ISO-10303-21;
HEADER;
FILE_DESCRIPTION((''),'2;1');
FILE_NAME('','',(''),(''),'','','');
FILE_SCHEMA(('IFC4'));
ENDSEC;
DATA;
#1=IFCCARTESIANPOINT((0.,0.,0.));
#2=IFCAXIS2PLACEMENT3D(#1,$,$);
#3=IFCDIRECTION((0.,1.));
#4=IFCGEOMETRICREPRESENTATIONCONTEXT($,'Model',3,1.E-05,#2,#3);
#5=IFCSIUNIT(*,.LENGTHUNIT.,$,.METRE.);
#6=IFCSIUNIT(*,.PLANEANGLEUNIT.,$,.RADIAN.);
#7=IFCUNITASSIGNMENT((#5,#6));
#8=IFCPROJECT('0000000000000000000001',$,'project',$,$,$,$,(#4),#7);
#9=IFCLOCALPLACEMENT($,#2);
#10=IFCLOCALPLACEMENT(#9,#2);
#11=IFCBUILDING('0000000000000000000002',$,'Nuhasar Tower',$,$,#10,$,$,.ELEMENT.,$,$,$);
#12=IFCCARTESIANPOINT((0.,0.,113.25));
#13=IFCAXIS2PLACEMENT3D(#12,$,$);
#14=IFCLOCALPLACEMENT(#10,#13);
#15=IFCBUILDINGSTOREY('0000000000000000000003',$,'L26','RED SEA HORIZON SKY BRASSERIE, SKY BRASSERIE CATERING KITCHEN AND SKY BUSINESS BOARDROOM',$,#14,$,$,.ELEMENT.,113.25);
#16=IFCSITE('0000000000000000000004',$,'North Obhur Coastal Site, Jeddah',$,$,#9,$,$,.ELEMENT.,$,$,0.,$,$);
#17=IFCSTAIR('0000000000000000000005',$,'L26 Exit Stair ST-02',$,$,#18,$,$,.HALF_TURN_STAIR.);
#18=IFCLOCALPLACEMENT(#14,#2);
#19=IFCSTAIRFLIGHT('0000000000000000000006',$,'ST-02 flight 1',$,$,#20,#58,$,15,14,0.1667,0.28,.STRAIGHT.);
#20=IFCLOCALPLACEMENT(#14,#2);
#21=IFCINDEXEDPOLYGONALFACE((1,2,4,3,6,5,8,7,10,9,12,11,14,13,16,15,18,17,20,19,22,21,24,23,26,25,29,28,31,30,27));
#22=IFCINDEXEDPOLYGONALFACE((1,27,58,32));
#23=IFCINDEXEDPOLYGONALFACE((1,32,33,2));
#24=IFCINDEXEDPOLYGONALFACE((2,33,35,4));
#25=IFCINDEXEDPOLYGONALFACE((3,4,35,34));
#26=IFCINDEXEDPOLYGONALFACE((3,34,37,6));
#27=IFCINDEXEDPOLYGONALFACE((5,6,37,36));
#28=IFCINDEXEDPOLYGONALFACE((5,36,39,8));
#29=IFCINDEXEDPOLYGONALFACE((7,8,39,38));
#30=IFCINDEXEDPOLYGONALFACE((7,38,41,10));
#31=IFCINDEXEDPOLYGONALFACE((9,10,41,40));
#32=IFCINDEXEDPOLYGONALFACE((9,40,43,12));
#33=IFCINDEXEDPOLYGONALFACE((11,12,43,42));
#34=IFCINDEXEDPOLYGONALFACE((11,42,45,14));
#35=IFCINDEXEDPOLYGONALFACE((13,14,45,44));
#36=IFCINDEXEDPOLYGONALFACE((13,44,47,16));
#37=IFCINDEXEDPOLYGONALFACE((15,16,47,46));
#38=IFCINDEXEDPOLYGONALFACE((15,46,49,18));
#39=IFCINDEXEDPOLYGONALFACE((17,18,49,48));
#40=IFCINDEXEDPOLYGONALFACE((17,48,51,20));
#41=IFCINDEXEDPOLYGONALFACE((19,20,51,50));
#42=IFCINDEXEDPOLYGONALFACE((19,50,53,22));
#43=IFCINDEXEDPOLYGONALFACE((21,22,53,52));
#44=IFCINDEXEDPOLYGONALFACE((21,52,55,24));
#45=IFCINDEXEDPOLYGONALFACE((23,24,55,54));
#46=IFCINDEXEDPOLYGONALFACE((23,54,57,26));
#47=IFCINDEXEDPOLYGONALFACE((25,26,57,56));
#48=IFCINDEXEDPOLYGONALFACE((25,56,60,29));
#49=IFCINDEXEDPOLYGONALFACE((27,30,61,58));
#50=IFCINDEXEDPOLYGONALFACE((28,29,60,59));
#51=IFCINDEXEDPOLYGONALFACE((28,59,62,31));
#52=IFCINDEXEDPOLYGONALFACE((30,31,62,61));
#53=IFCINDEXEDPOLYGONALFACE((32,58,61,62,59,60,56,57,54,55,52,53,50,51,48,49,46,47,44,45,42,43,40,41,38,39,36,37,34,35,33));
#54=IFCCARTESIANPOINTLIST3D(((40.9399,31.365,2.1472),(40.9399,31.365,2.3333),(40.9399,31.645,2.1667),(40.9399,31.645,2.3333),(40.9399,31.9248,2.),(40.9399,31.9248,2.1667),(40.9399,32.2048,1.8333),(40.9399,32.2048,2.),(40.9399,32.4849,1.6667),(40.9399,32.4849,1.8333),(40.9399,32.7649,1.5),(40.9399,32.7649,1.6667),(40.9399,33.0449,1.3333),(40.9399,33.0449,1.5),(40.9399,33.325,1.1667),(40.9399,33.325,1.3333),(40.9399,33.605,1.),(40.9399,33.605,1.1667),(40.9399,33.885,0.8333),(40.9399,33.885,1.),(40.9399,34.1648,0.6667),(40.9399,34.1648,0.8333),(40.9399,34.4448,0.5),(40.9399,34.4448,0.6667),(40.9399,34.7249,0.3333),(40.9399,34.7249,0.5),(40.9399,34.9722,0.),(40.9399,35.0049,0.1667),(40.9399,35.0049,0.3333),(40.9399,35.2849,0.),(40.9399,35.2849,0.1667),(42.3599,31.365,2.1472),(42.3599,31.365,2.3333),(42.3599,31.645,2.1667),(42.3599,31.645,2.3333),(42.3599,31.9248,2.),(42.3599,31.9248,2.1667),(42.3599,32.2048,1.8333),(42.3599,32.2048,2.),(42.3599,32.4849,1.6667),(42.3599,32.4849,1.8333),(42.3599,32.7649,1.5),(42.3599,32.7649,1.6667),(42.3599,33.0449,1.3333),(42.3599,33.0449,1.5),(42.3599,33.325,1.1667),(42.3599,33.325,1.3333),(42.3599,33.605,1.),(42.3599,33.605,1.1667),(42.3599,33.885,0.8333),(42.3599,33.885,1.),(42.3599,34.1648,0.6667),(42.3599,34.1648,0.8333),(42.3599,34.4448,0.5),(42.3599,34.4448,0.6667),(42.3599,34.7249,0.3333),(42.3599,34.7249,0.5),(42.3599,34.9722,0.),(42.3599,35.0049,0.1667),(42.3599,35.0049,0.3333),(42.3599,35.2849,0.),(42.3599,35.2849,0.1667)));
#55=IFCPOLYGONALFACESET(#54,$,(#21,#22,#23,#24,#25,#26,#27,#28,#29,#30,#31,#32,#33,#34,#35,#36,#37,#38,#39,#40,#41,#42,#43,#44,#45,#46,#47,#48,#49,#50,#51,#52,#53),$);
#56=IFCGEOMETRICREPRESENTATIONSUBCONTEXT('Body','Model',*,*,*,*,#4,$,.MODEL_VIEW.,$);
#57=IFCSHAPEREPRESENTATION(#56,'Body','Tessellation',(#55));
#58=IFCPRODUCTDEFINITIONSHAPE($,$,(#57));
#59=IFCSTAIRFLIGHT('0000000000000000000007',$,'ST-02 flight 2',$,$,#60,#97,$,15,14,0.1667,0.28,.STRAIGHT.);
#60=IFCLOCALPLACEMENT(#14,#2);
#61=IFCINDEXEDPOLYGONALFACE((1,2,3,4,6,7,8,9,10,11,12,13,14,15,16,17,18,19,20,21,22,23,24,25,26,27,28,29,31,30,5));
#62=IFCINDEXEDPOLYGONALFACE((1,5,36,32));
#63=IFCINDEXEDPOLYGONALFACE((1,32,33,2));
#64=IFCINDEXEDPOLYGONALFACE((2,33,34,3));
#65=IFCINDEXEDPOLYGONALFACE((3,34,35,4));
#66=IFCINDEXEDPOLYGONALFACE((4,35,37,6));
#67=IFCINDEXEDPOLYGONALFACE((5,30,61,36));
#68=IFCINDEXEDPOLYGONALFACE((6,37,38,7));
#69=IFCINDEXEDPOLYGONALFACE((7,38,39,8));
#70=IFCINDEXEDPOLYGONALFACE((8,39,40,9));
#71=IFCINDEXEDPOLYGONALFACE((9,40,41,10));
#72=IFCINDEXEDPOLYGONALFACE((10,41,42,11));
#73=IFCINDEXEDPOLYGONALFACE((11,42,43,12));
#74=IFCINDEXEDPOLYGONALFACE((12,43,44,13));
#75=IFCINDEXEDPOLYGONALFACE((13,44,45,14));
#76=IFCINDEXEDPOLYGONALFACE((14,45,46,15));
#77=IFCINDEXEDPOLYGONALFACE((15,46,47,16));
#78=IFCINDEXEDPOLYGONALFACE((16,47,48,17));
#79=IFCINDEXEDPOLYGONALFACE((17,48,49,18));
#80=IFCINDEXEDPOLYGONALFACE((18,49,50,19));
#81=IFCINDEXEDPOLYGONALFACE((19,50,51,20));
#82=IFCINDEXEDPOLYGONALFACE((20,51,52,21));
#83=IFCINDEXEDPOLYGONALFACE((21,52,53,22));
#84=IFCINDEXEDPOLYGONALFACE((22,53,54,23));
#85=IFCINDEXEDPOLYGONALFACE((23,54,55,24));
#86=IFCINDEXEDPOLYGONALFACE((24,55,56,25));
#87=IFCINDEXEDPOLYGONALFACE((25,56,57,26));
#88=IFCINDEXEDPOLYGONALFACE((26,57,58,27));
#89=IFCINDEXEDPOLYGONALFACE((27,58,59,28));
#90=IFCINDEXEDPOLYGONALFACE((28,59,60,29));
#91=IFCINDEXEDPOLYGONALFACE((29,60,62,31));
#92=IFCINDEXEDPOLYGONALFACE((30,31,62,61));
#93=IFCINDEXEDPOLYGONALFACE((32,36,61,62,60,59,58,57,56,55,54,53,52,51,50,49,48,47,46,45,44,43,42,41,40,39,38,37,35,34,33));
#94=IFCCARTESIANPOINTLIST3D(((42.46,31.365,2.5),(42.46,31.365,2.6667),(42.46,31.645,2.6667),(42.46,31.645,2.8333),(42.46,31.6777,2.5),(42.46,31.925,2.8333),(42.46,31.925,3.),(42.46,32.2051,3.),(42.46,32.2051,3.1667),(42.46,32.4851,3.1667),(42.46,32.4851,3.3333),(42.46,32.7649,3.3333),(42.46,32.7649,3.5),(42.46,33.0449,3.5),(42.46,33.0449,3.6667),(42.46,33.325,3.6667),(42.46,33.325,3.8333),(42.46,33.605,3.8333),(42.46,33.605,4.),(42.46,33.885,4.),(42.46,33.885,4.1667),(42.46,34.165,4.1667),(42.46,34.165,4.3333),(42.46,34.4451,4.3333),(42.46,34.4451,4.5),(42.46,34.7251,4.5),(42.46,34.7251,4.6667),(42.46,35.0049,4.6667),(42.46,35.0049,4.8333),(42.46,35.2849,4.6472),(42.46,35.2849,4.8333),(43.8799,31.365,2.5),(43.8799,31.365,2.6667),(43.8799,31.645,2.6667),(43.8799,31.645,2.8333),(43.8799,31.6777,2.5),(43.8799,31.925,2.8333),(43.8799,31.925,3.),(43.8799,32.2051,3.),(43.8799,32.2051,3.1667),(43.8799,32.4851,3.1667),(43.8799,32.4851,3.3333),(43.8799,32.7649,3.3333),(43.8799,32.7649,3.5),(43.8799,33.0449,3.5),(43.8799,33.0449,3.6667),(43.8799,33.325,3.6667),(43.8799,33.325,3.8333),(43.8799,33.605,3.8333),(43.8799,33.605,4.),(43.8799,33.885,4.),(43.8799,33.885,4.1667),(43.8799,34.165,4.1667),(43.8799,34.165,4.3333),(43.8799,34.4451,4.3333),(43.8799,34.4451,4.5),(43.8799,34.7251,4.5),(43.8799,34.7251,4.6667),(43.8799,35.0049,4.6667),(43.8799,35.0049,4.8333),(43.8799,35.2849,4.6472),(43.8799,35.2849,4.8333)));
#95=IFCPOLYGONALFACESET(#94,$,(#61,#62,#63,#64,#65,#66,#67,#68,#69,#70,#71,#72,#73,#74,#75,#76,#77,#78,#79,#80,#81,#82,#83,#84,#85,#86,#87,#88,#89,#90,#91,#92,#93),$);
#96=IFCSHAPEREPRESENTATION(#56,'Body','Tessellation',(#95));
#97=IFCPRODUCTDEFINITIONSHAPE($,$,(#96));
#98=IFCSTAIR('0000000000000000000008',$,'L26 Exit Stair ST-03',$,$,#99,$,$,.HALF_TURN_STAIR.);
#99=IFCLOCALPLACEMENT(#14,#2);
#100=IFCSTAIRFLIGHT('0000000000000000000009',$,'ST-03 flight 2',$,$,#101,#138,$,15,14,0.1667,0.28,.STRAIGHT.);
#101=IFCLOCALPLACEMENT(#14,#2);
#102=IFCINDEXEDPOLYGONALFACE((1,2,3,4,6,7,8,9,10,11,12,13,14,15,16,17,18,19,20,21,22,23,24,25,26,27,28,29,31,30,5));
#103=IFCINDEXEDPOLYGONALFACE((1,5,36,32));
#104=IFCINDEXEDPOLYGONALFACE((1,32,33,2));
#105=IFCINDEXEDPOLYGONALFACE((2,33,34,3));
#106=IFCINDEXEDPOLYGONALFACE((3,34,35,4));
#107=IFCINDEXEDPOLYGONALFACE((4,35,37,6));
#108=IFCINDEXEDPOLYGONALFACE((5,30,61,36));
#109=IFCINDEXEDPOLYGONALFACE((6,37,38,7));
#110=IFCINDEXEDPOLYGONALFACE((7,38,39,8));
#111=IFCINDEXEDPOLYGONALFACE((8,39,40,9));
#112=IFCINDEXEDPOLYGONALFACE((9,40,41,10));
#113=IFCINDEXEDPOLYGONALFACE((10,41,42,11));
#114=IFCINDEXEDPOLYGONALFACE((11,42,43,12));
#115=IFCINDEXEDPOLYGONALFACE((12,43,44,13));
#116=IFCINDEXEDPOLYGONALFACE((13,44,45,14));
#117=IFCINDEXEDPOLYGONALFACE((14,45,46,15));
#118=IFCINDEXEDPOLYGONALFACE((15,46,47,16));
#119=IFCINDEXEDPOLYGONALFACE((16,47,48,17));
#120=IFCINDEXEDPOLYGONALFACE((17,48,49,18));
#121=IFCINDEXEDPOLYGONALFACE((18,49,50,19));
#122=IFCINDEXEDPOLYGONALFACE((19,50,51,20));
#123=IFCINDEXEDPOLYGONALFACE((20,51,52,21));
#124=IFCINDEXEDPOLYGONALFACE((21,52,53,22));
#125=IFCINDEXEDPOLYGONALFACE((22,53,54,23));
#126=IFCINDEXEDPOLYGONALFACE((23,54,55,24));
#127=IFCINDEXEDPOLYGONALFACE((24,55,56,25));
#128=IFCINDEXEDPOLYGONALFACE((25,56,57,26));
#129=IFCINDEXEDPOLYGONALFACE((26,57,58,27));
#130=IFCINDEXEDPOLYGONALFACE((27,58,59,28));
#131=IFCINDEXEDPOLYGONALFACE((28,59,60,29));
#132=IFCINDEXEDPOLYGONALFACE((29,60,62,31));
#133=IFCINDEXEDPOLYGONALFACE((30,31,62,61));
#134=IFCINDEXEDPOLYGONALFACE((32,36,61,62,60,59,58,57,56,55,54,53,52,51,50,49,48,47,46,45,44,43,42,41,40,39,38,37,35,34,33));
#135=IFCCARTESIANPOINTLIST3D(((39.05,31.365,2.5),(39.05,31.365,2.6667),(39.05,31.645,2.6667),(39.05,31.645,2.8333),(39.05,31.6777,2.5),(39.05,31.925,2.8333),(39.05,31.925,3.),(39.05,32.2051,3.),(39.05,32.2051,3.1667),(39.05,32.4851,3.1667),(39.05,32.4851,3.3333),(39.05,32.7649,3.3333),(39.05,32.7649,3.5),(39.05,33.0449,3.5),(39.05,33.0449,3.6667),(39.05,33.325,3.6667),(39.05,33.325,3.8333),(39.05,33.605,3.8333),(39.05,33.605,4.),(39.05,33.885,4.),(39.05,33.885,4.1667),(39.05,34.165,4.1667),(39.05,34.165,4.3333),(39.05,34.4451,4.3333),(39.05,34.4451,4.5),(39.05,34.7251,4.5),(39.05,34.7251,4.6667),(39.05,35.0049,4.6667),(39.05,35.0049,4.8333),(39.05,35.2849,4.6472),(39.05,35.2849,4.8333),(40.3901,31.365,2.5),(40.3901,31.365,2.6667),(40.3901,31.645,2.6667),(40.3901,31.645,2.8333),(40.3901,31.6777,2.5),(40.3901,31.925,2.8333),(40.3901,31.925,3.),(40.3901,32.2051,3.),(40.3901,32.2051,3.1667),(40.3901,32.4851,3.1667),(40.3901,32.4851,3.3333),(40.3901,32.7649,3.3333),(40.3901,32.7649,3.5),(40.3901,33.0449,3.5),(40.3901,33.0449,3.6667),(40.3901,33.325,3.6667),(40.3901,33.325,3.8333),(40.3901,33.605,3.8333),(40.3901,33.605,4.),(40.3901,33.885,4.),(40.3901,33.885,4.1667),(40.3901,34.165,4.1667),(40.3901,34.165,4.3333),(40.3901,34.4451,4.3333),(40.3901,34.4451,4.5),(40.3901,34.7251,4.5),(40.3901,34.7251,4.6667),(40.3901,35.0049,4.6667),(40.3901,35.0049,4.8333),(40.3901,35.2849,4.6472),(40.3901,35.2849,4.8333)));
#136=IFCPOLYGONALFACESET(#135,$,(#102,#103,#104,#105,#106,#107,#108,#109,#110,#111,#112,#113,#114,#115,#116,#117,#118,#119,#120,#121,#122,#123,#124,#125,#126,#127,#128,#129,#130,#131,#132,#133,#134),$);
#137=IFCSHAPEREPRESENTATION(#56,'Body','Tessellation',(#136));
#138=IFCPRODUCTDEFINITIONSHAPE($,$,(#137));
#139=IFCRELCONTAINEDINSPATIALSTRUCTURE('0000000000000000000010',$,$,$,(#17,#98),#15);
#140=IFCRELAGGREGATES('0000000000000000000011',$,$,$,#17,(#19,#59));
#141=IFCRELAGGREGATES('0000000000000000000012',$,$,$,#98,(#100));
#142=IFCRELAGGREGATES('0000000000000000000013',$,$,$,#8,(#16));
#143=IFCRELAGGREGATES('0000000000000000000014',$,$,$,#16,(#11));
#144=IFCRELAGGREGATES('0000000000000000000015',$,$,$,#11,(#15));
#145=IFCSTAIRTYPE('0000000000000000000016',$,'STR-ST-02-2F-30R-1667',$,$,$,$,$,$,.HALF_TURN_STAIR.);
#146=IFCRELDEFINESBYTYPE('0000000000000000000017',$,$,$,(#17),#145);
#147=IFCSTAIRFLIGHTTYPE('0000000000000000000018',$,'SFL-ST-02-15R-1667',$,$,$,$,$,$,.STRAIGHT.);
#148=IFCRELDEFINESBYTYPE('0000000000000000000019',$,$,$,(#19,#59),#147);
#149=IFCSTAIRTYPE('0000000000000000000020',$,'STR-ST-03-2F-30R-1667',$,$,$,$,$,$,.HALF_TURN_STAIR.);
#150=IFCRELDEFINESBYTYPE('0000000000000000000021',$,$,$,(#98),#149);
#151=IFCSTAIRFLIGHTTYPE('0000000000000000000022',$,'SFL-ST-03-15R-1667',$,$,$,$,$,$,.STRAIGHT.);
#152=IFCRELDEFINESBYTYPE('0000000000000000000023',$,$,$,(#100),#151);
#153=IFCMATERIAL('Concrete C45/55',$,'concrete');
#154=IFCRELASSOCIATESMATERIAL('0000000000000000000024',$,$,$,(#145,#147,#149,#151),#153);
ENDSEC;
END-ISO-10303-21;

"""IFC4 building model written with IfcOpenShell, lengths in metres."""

from ifc_helpers import new_model, si_unit, direction, frame, origin, place, context, subcontext, project, spatial, polyline, outline, extrude, material, type_object, element, aggregate, save


model = new_model("IFC4")

# Units and contexts
model_context = context("Model", 3, precision=1e-05, world=origin(), true_north=direction((0.0, 1.0)))
body_context = subcontext(model_context, "Body", "Model", "MODEL_VIEW")
ifc_project = project(units=[si_unit("LENGTHUNIT", "METRE"), si_unit("PLANEANGLEUNIT", "RADIAN")], contexts=[model_context])

# Site, building, storey
site_placement = place(None, origin())
site = spatial("IfcSite", under=ifc_project, at=site_placement, Name="North Obhur Coastal Site, Jeddah", CompositionType="ELEMENT", RefElevation=0.0)
building_placement = place(site_placement, origin())
building = spatial("IfcBuilding", under=site, at=building_placement, Name="Nuhasar Tower", CompositionType="ELEMENT")
storey_placement = place(building_placement, frame((0.0, 0.0, 113.25)))
storey = spatial("IfcBuildingStorey", under=building, at=storey_placement, Name="L26", Description="RED SEA HORIZON SKY BRASSERIE, SKY BRASSERIE CATERING KITCHEN AND SKY BUSINESS BOARDROOM", CompositionType="ELEMENT", Elevation=113.25)

# Shared definitions
ifc_material_1 = material(Name="Concrete C45/55", Category="concrete")

# Stair, stair flights
stair_type_1 = type_object("IfcStairType", Name="STR-ST-02-2F-30R-1667", PredefinedType="HALF_TURN_STAIR", material=ifc_material_1)
stair_1_placement = place(storey_placement, origin())
stair_1 = element("IfcStair", 1, at=stair_1_placement, inside=storey, type_object=stair_type_1, Name="L26 Exit Stair ST-02", PredefinedType="HALF_TURN_STAIR")
stair_flight_type_1 = type_object("IfcStairFlightType", Name="SFL-ST-02-15R-1667", PredefinedType="STRAIGHT", material=ifc_material_1)
stair_flight_1_placement = place(storey_placement, frame((41.6499, 35.2849, 0.0), z_axis=(0.0, 0.0, 1.0), x_axis=(0.0, -1.0, 0.0)))
stair_flight_1 = element("IfcStairFlight", 2, at=stair_flight_1_placement, type_object=stair_flight_type_1, Name="ST-02 flight 1", NumberOfRisers=15, NumberOfTreads=14, PredefinedType="STRAIGHT", RiserHeight=0.1667, TreadLength=0.28, context=body_context, shape_type="SweptSolid", body=[
    extrude(outline(polyline([(0.0, 0.0), (0.0, 0.1667), (0.28, 0.1667), (0.28, 0.3333), (0.5601, 0.3333), (0.5601, 0.5), (0.8401, 0.5), (0.8401, 0.6667), (1.1201, 0.6667), (1.1201, 0.8333), (1.3999, 0.8333), (1.3999, 1.0), (1.6799, 1.0), (1.6799, 1.1667), (1.96, 1.1667), (1.96, 1.3333), (2.24, 1.3333), (2.24, 1.5), (2.52, 1.5), (2.52, 1.6667), (2.8, 1.6667), (2.8, 1.8333), (3.0801, 1.8333), (3.0801, 2.0), (3.3601, 2.0), (3.3601, 2.1667), (3.6399, 2.1667), (3.6399, 2.3333), (3.9199, 2.3333), (3.9199, 2.5), (3.9199, 2.1472), (0.3127, 0.0), (0.0, 0.0)])), frame((0.0, 0.71, 0.0), z_axis=(0.0, -1.0, 0.0), x_axis=(1.0, 0.0, 0.0)), (0.0, 0.0, 1.0), 1.4199),
])
stair_flight_2_placement = place(storey_placement, frame((43.1699, 31.365, 2.5), z_axis=(0.0, 0.0, 1.0), x_axis=(0.0, 1.0, 0.0)))
stair_flight_2 = element("IfcStairFlight", 3, at=stair_flight_2_placement, type_object=stair_flight_type_1, Name="ST-02 flight 2", NumberOfRisers=15, NumberOfTreads=14, PredefinedType="STRAIGHT", RiserHeight=0.1667, TreadLength=0.28, context=body_context, shape_type="SweptSolid", body=[
    extrude(outline(polyline([(0.0, 0.0), (0.0, 0.1667), (0.28, 0.1667), (0.28, 0.3333), (0.5601, 0.3333), (0.5601, 0.5), (0.8401, 0.5), (0.8401, 0.6667), (1.1201, 0.6667), (1.1201, 0.8333), (1.3999, 0.8333), (1.3999, 1.0), (1.6799, 1.0), (1.6799, 1.1667), (1.96, 1.1667), (1.96, 1.3333), (2.24, 1.3333), (2.24, 1.5), (2.52, 1.5), (2.52, 1.6667), (2.8, 1.6667), (2.8, 1.8333), (3.0801, 1.8333), (3.0801, 2.0), (3.3601, 2.0), (3.3601, 2.1667), (3.6399, 2.1667), (3.6399, 2.3333), (3.9199, 2.3333), (3.9199, 2.5), (3.9199, 2.1472), (0.3127, 0.0), (0.0, 0.0)])), frame((0.0, 0.71, 0.0), z_axis=(0.0, -1.0, 0.0), x_axis=(1.0, 0.0, 0.0)), (0.0, 0.0, 1.0), 1.4199),
])
aggregate(stair_1, [stair_flight_1, stair_flight_2])

# Stair, stair flight
stair_type_2 = type_object("IfcStairType", Name="STR-ST-03-2F-30R-1667", PredefinedType="HALF_TURN_STAIR", material=ifc_material_1)
stair_2_placement = place(storey_placement, origin())
stair_2 = element("IfcStair", 4, at=stair_2_placement, inside=storey, type_object=stair_type_2, Name="L26 Exit Stair ST-03", PredefinedType="HALF_TURN_STAIR")
stair_flight_type_2 = type_object("IfcStairFlightType", Name="SFL-ST-03-15R-1667", PredefinedType="STRAIGHT", material=ifc_material_1)
stair_flight_3_placement = place(storey_placement, frame((39.72, 31.365, 2.5), z_axis=(0.0, 0.0, 1.0), x_axis=(0.0, 1.0, 0.0)))
stair_flight_3 = element("IfcStairFlight", 5, at=stair_flight_3_placement, type_object=stair_flight_type_2, Name="ST-03 flight 2", NumberOfRisers=15, NumberOfTreads=14, PredefinedType="STRAIGHT", RiserHeight=0.1667, TreadLength=0.28, context=body_context, shape_type="SweptSolid", body=[
    extrude(outline(polyline([(0.0, 0.0), (0.0, 0.1667), (0.28, 0.1667), (0.28, 0.3333), (0.5601, 0.3333), (0.5601, 0.5), (0.8401, 0.5), (0.8401, 0.6667), (1.1201, 0.6667), (1.1201, 0.8333), (1.3999, 0.8333), (1.3999, 1.0), (1.6799, 1.0), (1.6799, 1.1667), (1.96, 1.1667), (1.96, 1.3333), (2.24, 1.3333), (2.24, 1.5), (2.52, 1.5), (2.52, 1.6667), (2.8, 1.6667), (2.8, 1.8333), (3.0801, 1.8333), (3.0801, 2.0), (3.3601, 2.0), (3.3601, 2.1667), (3.6399, 2.1667), (3.6399, 2.3333), (3.9199, 2.3333), (3.9199, 2.5), (3.9199, 2.1472), (0.3127, 0.0), (0.0, 0.0)])), frame((0.0, 0.6699, 0.0), z_axis=(0.0, -1.0, 0.0), x_axis=(1.0, 0.0, 0.0)), (0.0, 0.0, 1.0), 1.3401),
])
aggregate(stair_2, [stair_flight_3])

save(model, "model.ifc")
